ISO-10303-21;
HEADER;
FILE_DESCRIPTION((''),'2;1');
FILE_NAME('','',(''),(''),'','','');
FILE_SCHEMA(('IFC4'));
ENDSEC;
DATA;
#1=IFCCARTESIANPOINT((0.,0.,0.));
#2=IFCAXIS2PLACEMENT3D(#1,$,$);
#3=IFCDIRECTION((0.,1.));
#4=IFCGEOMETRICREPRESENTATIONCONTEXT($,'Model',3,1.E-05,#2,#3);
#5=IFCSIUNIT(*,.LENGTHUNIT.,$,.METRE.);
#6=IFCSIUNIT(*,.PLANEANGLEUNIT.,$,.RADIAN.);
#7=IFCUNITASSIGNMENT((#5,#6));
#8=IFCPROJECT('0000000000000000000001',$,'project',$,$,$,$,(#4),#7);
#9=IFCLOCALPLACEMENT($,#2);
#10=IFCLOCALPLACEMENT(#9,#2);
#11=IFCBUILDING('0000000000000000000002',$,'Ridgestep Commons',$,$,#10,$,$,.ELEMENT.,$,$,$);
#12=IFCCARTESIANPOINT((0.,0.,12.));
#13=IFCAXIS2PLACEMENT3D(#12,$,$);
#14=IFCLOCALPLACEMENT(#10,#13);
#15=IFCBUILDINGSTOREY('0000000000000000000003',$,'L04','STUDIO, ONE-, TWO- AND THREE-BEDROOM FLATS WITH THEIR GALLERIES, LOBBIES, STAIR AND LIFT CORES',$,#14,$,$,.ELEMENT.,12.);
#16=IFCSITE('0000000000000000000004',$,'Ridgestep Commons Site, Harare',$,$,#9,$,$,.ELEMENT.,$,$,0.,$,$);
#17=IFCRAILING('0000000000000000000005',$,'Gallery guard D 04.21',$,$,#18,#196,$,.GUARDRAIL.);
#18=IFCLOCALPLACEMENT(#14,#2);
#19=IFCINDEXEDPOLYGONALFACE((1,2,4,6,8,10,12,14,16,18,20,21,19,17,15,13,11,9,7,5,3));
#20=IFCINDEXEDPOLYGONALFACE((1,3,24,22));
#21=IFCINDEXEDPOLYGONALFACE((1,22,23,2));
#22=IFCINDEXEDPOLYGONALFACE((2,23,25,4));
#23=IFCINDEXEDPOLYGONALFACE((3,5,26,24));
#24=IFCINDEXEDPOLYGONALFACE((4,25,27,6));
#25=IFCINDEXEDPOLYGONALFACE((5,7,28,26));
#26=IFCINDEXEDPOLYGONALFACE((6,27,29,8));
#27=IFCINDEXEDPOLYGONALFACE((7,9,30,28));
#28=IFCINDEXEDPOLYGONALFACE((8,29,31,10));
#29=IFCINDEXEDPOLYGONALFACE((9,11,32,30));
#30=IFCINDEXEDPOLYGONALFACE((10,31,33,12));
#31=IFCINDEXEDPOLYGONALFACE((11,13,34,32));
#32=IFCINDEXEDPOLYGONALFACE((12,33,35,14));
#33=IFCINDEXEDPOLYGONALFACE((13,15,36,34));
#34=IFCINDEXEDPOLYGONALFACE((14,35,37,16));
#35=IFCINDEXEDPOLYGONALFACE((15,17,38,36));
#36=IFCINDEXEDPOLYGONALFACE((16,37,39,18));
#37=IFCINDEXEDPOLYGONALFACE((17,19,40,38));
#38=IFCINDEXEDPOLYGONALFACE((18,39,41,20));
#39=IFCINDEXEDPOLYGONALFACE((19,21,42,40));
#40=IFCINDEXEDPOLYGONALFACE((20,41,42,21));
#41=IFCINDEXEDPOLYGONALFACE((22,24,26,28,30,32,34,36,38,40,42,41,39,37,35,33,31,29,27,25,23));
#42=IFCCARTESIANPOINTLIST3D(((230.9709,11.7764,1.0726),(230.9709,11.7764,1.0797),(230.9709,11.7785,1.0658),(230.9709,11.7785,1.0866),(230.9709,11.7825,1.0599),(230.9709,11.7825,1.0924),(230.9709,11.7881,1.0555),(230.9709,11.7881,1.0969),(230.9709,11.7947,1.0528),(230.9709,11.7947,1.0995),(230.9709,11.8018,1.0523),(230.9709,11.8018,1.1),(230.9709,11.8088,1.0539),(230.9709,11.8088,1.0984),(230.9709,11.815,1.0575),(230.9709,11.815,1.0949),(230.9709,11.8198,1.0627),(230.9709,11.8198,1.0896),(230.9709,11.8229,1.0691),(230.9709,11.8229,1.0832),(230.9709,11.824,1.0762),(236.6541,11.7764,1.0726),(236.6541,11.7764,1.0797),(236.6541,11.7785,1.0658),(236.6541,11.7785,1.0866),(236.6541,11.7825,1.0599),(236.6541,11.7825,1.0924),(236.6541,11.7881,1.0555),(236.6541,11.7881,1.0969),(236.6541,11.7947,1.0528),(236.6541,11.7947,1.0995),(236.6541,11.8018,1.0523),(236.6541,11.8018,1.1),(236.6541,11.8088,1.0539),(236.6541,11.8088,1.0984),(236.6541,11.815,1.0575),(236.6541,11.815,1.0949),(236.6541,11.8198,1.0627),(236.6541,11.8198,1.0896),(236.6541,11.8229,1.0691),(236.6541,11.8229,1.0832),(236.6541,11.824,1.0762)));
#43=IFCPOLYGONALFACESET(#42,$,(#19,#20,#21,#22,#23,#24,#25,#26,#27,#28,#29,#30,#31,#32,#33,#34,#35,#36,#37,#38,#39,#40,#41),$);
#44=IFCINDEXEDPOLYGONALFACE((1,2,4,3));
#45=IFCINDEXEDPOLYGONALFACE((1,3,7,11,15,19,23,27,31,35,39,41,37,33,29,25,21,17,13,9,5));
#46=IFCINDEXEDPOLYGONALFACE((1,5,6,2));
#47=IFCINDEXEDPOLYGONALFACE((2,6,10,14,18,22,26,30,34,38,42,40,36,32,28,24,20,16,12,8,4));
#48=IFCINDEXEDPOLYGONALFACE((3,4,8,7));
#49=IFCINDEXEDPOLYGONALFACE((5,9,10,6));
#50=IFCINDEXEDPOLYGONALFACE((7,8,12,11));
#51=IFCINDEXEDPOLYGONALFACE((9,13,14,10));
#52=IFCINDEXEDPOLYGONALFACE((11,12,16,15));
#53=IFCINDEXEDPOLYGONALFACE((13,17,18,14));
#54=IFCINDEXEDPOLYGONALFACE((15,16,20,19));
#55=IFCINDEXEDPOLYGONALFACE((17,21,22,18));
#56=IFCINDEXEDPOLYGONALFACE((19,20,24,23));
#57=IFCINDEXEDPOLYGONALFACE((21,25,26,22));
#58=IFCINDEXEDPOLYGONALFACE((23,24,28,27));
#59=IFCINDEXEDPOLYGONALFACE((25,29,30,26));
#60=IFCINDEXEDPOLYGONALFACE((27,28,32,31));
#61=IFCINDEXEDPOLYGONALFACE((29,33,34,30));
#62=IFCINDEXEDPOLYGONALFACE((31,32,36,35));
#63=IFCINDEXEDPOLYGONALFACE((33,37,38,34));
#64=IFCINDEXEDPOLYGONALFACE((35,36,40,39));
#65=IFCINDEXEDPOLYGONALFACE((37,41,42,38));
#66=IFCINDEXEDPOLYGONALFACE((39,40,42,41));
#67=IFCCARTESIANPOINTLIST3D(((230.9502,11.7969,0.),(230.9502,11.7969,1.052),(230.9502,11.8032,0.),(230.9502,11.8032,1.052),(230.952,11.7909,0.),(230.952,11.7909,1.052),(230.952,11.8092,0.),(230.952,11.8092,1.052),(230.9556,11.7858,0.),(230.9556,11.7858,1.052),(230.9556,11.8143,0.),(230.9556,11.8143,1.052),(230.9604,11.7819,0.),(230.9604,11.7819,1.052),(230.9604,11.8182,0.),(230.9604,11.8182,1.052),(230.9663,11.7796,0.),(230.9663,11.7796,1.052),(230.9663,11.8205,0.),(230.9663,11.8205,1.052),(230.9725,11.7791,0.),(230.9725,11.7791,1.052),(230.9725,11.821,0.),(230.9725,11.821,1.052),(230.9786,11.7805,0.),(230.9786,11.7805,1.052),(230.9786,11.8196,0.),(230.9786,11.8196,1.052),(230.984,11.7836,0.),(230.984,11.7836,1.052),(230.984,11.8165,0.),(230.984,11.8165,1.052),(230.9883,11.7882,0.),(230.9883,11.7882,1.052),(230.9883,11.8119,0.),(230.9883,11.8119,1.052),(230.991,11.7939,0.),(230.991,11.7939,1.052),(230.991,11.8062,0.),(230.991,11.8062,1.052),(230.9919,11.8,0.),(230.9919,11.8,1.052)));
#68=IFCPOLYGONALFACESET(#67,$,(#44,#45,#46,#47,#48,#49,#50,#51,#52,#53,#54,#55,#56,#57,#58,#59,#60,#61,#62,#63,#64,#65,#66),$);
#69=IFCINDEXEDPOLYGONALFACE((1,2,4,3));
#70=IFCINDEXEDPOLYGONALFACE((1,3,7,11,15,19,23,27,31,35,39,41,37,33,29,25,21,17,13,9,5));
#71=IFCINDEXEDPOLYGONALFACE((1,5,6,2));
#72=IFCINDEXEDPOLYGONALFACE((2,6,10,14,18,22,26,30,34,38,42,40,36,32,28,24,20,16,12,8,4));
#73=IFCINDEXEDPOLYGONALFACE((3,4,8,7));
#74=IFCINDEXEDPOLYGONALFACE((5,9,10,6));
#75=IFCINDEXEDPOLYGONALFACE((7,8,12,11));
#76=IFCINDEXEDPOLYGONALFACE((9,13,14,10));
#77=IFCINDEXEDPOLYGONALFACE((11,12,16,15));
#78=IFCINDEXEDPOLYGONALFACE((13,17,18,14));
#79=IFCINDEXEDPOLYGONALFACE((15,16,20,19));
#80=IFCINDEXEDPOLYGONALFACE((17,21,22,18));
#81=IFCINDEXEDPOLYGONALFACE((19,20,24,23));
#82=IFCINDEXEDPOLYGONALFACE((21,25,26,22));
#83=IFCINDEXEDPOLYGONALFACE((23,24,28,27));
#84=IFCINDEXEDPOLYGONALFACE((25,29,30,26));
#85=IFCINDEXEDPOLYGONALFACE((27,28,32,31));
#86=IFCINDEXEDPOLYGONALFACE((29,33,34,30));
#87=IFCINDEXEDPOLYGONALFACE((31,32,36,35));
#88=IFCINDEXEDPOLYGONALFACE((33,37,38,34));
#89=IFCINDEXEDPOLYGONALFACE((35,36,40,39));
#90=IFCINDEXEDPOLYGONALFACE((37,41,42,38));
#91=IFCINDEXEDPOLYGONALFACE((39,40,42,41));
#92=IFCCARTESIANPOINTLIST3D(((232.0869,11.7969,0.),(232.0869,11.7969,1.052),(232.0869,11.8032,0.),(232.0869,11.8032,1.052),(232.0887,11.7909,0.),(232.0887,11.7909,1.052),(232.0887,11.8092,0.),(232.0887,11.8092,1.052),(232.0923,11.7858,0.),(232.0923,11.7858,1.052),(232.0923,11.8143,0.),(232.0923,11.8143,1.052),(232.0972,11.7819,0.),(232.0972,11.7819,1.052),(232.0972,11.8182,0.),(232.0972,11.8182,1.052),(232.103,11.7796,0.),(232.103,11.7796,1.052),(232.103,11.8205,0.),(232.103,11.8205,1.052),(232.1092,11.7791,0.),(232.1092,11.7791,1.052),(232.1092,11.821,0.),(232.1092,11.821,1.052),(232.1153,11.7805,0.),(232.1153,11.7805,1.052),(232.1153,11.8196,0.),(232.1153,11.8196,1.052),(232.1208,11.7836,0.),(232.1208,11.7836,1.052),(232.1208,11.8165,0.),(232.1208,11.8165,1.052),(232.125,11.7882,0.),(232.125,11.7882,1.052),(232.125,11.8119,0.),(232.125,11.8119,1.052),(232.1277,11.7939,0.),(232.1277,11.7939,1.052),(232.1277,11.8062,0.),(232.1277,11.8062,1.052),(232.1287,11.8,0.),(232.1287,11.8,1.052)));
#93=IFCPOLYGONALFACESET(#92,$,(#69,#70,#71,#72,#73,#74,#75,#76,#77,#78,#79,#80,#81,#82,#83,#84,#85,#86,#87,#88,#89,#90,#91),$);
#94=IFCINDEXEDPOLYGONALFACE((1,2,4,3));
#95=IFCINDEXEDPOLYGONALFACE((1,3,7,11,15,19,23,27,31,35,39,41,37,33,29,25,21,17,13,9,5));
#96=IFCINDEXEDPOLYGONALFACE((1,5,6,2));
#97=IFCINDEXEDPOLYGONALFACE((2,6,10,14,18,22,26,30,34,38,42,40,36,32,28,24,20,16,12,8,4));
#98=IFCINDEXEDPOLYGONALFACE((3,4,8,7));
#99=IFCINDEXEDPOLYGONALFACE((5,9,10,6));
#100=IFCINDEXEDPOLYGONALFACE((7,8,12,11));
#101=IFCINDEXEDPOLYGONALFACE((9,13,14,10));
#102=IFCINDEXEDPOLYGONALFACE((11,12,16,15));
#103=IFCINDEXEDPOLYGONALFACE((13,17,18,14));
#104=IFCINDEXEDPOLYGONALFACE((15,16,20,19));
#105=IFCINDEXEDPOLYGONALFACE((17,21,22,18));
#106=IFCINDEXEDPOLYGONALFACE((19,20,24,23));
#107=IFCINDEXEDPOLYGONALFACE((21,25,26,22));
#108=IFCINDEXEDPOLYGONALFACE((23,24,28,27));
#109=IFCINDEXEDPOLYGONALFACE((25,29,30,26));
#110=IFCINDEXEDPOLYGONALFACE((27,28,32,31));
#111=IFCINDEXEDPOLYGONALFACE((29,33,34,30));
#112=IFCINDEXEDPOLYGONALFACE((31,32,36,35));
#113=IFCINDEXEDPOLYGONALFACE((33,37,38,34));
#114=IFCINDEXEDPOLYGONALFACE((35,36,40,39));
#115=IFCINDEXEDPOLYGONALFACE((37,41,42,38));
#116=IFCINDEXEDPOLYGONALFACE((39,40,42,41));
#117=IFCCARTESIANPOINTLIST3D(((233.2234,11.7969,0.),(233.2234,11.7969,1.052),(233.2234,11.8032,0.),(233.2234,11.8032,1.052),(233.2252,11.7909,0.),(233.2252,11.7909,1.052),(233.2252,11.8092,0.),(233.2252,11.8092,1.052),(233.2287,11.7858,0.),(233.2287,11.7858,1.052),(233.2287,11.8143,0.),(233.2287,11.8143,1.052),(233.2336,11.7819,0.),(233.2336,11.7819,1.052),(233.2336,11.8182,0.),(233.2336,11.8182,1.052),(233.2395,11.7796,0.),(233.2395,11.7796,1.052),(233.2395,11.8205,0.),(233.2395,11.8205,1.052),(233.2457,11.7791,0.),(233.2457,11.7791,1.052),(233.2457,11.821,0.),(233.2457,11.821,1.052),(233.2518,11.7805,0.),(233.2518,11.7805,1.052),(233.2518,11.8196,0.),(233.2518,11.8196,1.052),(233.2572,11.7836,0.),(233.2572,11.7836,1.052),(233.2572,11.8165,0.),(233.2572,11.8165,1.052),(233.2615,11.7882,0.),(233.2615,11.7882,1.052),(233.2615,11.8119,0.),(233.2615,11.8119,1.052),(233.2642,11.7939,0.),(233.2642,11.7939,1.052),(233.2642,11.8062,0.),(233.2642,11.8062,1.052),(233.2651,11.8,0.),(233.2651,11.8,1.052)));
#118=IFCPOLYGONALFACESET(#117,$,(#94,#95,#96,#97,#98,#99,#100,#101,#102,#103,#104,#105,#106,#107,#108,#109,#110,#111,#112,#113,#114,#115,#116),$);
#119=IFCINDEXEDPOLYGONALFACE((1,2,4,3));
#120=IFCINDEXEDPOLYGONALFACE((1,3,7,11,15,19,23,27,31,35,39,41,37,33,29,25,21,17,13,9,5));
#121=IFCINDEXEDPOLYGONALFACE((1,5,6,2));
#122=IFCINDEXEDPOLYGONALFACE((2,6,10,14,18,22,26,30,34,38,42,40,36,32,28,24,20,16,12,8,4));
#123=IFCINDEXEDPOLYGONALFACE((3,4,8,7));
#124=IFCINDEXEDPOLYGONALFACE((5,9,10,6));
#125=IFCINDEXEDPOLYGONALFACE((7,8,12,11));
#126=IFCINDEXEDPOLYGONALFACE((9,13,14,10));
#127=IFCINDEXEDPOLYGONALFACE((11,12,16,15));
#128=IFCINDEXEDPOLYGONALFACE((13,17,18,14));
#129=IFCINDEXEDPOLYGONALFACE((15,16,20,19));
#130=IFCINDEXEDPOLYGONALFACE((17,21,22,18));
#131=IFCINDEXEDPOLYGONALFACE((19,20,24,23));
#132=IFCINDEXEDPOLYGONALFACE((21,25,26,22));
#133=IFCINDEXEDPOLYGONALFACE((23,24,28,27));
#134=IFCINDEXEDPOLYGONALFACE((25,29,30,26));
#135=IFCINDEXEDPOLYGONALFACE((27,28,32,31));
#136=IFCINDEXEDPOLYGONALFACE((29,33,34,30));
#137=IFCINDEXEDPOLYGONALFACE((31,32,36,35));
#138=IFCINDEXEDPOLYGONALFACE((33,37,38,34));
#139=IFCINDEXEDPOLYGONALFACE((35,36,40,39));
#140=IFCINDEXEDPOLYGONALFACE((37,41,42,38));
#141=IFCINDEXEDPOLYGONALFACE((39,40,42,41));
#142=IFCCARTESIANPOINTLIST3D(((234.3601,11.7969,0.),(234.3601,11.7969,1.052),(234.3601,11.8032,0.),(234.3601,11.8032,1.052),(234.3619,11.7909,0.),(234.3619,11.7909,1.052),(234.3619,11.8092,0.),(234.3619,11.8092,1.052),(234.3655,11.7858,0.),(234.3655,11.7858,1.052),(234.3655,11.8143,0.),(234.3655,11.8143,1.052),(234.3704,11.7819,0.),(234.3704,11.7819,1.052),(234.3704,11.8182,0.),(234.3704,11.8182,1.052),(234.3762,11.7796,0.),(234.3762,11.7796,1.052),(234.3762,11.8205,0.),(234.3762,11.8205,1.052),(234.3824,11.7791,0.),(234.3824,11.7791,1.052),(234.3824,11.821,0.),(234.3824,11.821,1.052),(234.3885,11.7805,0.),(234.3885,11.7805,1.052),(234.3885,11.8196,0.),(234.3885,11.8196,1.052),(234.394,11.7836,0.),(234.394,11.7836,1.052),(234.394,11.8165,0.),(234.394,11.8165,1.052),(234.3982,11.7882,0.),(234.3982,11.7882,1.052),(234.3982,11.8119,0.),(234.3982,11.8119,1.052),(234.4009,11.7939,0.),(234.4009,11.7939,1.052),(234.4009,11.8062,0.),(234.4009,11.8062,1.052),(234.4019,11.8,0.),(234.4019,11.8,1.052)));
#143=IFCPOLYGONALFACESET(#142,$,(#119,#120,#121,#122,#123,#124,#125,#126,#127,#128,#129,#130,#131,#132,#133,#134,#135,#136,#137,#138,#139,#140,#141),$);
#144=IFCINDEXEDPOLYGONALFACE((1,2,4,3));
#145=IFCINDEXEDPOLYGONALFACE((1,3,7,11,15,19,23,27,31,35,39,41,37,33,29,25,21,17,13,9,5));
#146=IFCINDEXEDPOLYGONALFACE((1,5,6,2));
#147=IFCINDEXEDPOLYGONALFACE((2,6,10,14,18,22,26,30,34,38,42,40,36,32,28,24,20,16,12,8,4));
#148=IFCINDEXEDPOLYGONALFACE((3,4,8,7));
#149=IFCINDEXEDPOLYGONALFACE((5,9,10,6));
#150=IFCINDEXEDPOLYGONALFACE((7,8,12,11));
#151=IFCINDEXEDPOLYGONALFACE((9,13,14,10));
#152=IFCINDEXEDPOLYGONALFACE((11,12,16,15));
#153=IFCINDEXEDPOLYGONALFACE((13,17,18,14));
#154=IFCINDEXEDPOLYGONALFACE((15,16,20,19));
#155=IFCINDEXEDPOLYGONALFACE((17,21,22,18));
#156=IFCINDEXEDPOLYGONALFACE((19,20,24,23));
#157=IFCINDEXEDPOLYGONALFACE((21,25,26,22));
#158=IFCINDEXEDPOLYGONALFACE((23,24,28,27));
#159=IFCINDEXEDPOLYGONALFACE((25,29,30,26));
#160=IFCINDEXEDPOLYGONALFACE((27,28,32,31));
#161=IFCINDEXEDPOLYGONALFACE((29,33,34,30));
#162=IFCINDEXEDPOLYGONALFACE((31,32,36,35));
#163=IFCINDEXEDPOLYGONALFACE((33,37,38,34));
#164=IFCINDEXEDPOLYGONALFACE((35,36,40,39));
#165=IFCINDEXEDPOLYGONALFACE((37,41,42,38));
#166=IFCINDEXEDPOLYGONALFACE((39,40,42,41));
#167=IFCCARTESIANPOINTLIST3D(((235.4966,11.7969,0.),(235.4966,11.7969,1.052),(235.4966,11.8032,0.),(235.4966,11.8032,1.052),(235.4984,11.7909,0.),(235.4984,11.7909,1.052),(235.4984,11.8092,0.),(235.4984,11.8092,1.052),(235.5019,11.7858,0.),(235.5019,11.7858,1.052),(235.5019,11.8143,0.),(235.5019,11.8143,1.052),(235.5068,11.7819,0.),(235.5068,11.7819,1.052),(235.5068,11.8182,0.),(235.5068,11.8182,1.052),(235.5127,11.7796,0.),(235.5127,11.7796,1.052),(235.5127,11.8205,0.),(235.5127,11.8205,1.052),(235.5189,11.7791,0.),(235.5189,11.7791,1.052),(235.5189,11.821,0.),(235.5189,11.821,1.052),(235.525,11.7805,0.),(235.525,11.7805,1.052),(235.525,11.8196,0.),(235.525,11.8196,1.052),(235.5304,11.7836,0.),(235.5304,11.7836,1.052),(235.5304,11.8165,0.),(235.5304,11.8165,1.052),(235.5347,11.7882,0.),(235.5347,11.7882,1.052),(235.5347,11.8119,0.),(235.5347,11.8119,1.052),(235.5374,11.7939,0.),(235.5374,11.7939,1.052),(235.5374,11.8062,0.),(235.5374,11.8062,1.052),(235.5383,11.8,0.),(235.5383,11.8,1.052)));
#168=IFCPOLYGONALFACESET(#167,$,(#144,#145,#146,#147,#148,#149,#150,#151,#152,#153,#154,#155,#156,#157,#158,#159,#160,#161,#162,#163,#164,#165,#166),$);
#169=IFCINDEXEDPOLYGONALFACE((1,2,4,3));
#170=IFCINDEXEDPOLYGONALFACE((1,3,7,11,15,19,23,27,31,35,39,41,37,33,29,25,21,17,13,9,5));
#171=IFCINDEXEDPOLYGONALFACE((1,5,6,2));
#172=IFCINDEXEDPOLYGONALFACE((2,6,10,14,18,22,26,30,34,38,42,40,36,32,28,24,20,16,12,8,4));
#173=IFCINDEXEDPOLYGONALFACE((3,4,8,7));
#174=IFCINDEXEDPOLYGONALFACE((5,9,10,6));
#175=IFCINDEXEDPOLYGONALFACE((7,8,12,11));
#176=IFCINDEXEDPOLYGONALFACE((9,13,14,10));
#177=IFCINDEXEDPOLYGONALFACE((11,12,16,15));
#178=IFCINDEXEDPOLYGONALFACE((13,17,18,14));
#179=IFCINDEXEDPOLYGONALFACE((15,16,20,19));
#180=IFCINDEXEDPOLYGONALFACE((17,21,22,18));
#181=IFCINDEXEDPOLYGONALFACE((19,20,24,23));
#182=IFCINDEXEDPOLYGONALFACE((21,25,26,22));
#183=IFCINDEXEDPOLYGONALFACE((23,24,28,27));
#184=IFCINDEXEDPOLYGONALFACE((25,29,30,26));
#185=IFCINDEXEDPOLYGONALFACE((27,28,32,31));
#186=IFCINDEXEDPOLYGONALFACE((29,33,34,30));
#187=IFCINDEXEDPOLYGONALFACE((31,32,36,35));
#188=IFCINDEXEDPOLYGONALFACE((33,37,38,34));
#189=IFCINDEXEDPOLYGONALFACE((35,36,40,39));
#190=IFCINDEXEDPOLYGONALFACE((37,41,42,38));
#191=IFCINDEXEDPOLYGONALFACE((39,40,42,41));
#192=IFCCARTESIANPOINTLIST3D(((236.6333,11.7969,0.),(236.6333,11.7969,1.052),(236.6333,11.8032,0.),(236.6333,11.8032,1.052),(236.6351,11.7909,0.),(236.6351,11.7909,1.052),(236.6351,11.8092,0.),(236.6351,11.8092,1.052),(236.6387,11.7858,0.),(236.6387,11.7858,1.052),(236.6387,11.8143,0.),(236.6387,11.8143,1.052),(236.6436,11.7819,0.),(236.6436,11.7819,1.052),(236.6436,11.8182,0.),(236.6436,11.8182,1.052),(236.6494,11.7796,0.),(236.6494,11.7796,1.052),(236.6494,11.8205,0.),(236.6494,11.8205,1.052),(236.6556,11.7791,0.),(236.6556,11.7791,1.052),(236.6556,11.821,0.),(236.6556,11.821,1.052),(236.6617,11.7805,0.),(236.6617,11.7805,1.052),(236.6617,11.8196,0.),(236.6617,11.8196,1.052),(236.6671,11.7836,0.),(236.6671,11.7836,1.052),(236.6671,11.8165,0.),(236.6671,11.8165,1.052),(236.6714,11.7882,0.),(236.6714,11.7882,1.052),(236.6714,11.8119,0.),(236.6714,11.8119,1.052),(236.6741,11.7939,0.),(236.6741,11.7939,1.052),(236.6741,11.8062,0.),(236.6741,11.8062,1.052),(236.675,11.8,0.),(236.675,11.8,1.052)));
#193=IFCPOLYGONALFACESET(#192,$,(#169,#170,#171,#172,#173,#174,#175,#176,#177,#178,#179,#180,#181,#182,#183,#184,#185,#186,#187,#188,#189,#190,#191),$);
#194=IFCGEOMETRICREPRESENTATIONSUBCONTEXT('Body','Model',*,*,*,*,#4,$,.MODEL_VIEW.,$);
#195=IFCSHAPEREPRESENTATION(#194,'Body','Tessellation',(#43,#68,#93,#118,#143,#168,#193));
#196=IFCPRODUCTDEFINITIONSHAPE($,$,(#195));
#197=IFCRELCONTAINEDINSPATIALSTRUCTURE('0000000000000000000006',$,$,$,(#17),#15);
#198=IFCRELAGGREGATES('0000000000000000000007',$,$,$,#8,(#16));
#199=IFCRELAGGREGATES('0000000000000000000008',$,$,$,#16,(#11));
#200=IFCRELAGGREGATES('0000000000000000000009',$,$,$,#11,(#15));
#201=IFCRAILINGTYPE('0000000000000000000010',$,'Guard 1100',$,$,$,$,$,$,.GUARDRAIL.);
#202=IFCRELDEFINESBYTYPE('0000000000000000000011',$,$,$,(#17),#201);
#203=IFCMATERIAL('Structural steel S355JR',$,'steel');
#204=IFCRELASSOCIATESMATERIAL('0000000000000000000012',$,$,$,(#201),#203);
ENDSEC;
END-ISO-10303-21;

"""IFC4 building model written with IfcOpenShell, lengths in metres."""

from ifc_helpers import new_model, si_unit, direction, frame, origin, origin_2d, place, context, subcontext, project, spatial, circle, extrude, material, type_object, element, save


model = new_model("IFC4")

# Units and contexts
model_context = context("Model", 3, precision=1e-05, world=origin(), true_north=direction((0.0, 1.0)))
body_context = subcontext(model_context, "Body", "Model", "MODEL_VIEW")
ifc_project = project(units=[si_unit("LENGTHUNIT", "METRE"), si_unit("PLANEANGLEUNIT", "RADIAN")], contexts=[model_context])

# Site, building, storey
site_placement = place(None, origin())
site = spatial("IfcSite", under=ifc_project, at=site_placement, Name="Ridgestep Commons Site, Harare", CompositionType="ELEMENT", RefElevation=0.0)
building_placement = place(site_placement, origin())
building = spatial("IfcBuilding", under=site, at=building_placement, Name="Ridgestep Commons", CompositionType="ELEMENT")
storey_placement = place(building_placement, frame((0.0, 0.0, 12.0)))
storey = spatial("IfcBuildingStorey", under=building, at=storey_placement, Name="L04", Description="STUDIO, ONE-, TWO- AND THREE-BEDROOM FLATS WITH THEIR GALLERIES, LOBBIES, STAIR AND LIFT CORES", CompositionType="ELEMENT", Elevation=12.0)

# Railing
ifc_material_1 = material(Name="Structural steel S355JR", Category="steel")
railing_type = type_object("IfcRailingType", Name="Guard 1100", PredefinedType="GUARDRAIL", material=ifc_material_1)
railing_1_placement = place(storey_placement, frame((230.9709, 11.8, 0.0)))
element("IfcRailing", 1, at=railing_1_placement, inside=storey, type_object=railing_type, Name="Gallery guard D 04.21", PredefinedType="GUARDRAIL", context=body_context, shape_type="SweptSolid", body=[
    extrude(circle(Radius=0.0239, at=origin_2d()), frame((0.0, 0.0, 1.0762), z_axis=(1.0, 0.0, 0.0), x_axis=(0.0, 1.0, 0.0)), (0.0, 0.0, 1.0), 5.6831),
    extrude(circle(Radius=0.021, at=origin_2d()), origin(), (0.0, 0.0, 1.0), 1.052),
    extrude(circle(Radius=0.021, at=origin_2d()), frame((1.1367, 0.0, 0.0)), (0.0, 0.0, 1.0), 1.052),
    extrude(circle(Radius=0.021, at=origin_2d()), frame((2.2732, 0.0, 0.0)), (0.0, 0.0, 1.0), 1.052),
    extrude(circle(Radius=0.021, at=origin_2d()), frame((3.4099, 0.0, 0.0)), (0.0, 0.0, 1.0), 1.052),
    extrude(circle(Radius=0.021, at=origin_2d()), frame((4.5464, 0.0, 0.0)), (0.0, 0.0, 1.0), 1.052),
    extrude(circle(Radius=0.021, at=origin_2d()), frame((5.6831, 0.0, 0.0)), (0.0, 0.0, 1.0), 1.052),
])

save(model, "model.ifc")
